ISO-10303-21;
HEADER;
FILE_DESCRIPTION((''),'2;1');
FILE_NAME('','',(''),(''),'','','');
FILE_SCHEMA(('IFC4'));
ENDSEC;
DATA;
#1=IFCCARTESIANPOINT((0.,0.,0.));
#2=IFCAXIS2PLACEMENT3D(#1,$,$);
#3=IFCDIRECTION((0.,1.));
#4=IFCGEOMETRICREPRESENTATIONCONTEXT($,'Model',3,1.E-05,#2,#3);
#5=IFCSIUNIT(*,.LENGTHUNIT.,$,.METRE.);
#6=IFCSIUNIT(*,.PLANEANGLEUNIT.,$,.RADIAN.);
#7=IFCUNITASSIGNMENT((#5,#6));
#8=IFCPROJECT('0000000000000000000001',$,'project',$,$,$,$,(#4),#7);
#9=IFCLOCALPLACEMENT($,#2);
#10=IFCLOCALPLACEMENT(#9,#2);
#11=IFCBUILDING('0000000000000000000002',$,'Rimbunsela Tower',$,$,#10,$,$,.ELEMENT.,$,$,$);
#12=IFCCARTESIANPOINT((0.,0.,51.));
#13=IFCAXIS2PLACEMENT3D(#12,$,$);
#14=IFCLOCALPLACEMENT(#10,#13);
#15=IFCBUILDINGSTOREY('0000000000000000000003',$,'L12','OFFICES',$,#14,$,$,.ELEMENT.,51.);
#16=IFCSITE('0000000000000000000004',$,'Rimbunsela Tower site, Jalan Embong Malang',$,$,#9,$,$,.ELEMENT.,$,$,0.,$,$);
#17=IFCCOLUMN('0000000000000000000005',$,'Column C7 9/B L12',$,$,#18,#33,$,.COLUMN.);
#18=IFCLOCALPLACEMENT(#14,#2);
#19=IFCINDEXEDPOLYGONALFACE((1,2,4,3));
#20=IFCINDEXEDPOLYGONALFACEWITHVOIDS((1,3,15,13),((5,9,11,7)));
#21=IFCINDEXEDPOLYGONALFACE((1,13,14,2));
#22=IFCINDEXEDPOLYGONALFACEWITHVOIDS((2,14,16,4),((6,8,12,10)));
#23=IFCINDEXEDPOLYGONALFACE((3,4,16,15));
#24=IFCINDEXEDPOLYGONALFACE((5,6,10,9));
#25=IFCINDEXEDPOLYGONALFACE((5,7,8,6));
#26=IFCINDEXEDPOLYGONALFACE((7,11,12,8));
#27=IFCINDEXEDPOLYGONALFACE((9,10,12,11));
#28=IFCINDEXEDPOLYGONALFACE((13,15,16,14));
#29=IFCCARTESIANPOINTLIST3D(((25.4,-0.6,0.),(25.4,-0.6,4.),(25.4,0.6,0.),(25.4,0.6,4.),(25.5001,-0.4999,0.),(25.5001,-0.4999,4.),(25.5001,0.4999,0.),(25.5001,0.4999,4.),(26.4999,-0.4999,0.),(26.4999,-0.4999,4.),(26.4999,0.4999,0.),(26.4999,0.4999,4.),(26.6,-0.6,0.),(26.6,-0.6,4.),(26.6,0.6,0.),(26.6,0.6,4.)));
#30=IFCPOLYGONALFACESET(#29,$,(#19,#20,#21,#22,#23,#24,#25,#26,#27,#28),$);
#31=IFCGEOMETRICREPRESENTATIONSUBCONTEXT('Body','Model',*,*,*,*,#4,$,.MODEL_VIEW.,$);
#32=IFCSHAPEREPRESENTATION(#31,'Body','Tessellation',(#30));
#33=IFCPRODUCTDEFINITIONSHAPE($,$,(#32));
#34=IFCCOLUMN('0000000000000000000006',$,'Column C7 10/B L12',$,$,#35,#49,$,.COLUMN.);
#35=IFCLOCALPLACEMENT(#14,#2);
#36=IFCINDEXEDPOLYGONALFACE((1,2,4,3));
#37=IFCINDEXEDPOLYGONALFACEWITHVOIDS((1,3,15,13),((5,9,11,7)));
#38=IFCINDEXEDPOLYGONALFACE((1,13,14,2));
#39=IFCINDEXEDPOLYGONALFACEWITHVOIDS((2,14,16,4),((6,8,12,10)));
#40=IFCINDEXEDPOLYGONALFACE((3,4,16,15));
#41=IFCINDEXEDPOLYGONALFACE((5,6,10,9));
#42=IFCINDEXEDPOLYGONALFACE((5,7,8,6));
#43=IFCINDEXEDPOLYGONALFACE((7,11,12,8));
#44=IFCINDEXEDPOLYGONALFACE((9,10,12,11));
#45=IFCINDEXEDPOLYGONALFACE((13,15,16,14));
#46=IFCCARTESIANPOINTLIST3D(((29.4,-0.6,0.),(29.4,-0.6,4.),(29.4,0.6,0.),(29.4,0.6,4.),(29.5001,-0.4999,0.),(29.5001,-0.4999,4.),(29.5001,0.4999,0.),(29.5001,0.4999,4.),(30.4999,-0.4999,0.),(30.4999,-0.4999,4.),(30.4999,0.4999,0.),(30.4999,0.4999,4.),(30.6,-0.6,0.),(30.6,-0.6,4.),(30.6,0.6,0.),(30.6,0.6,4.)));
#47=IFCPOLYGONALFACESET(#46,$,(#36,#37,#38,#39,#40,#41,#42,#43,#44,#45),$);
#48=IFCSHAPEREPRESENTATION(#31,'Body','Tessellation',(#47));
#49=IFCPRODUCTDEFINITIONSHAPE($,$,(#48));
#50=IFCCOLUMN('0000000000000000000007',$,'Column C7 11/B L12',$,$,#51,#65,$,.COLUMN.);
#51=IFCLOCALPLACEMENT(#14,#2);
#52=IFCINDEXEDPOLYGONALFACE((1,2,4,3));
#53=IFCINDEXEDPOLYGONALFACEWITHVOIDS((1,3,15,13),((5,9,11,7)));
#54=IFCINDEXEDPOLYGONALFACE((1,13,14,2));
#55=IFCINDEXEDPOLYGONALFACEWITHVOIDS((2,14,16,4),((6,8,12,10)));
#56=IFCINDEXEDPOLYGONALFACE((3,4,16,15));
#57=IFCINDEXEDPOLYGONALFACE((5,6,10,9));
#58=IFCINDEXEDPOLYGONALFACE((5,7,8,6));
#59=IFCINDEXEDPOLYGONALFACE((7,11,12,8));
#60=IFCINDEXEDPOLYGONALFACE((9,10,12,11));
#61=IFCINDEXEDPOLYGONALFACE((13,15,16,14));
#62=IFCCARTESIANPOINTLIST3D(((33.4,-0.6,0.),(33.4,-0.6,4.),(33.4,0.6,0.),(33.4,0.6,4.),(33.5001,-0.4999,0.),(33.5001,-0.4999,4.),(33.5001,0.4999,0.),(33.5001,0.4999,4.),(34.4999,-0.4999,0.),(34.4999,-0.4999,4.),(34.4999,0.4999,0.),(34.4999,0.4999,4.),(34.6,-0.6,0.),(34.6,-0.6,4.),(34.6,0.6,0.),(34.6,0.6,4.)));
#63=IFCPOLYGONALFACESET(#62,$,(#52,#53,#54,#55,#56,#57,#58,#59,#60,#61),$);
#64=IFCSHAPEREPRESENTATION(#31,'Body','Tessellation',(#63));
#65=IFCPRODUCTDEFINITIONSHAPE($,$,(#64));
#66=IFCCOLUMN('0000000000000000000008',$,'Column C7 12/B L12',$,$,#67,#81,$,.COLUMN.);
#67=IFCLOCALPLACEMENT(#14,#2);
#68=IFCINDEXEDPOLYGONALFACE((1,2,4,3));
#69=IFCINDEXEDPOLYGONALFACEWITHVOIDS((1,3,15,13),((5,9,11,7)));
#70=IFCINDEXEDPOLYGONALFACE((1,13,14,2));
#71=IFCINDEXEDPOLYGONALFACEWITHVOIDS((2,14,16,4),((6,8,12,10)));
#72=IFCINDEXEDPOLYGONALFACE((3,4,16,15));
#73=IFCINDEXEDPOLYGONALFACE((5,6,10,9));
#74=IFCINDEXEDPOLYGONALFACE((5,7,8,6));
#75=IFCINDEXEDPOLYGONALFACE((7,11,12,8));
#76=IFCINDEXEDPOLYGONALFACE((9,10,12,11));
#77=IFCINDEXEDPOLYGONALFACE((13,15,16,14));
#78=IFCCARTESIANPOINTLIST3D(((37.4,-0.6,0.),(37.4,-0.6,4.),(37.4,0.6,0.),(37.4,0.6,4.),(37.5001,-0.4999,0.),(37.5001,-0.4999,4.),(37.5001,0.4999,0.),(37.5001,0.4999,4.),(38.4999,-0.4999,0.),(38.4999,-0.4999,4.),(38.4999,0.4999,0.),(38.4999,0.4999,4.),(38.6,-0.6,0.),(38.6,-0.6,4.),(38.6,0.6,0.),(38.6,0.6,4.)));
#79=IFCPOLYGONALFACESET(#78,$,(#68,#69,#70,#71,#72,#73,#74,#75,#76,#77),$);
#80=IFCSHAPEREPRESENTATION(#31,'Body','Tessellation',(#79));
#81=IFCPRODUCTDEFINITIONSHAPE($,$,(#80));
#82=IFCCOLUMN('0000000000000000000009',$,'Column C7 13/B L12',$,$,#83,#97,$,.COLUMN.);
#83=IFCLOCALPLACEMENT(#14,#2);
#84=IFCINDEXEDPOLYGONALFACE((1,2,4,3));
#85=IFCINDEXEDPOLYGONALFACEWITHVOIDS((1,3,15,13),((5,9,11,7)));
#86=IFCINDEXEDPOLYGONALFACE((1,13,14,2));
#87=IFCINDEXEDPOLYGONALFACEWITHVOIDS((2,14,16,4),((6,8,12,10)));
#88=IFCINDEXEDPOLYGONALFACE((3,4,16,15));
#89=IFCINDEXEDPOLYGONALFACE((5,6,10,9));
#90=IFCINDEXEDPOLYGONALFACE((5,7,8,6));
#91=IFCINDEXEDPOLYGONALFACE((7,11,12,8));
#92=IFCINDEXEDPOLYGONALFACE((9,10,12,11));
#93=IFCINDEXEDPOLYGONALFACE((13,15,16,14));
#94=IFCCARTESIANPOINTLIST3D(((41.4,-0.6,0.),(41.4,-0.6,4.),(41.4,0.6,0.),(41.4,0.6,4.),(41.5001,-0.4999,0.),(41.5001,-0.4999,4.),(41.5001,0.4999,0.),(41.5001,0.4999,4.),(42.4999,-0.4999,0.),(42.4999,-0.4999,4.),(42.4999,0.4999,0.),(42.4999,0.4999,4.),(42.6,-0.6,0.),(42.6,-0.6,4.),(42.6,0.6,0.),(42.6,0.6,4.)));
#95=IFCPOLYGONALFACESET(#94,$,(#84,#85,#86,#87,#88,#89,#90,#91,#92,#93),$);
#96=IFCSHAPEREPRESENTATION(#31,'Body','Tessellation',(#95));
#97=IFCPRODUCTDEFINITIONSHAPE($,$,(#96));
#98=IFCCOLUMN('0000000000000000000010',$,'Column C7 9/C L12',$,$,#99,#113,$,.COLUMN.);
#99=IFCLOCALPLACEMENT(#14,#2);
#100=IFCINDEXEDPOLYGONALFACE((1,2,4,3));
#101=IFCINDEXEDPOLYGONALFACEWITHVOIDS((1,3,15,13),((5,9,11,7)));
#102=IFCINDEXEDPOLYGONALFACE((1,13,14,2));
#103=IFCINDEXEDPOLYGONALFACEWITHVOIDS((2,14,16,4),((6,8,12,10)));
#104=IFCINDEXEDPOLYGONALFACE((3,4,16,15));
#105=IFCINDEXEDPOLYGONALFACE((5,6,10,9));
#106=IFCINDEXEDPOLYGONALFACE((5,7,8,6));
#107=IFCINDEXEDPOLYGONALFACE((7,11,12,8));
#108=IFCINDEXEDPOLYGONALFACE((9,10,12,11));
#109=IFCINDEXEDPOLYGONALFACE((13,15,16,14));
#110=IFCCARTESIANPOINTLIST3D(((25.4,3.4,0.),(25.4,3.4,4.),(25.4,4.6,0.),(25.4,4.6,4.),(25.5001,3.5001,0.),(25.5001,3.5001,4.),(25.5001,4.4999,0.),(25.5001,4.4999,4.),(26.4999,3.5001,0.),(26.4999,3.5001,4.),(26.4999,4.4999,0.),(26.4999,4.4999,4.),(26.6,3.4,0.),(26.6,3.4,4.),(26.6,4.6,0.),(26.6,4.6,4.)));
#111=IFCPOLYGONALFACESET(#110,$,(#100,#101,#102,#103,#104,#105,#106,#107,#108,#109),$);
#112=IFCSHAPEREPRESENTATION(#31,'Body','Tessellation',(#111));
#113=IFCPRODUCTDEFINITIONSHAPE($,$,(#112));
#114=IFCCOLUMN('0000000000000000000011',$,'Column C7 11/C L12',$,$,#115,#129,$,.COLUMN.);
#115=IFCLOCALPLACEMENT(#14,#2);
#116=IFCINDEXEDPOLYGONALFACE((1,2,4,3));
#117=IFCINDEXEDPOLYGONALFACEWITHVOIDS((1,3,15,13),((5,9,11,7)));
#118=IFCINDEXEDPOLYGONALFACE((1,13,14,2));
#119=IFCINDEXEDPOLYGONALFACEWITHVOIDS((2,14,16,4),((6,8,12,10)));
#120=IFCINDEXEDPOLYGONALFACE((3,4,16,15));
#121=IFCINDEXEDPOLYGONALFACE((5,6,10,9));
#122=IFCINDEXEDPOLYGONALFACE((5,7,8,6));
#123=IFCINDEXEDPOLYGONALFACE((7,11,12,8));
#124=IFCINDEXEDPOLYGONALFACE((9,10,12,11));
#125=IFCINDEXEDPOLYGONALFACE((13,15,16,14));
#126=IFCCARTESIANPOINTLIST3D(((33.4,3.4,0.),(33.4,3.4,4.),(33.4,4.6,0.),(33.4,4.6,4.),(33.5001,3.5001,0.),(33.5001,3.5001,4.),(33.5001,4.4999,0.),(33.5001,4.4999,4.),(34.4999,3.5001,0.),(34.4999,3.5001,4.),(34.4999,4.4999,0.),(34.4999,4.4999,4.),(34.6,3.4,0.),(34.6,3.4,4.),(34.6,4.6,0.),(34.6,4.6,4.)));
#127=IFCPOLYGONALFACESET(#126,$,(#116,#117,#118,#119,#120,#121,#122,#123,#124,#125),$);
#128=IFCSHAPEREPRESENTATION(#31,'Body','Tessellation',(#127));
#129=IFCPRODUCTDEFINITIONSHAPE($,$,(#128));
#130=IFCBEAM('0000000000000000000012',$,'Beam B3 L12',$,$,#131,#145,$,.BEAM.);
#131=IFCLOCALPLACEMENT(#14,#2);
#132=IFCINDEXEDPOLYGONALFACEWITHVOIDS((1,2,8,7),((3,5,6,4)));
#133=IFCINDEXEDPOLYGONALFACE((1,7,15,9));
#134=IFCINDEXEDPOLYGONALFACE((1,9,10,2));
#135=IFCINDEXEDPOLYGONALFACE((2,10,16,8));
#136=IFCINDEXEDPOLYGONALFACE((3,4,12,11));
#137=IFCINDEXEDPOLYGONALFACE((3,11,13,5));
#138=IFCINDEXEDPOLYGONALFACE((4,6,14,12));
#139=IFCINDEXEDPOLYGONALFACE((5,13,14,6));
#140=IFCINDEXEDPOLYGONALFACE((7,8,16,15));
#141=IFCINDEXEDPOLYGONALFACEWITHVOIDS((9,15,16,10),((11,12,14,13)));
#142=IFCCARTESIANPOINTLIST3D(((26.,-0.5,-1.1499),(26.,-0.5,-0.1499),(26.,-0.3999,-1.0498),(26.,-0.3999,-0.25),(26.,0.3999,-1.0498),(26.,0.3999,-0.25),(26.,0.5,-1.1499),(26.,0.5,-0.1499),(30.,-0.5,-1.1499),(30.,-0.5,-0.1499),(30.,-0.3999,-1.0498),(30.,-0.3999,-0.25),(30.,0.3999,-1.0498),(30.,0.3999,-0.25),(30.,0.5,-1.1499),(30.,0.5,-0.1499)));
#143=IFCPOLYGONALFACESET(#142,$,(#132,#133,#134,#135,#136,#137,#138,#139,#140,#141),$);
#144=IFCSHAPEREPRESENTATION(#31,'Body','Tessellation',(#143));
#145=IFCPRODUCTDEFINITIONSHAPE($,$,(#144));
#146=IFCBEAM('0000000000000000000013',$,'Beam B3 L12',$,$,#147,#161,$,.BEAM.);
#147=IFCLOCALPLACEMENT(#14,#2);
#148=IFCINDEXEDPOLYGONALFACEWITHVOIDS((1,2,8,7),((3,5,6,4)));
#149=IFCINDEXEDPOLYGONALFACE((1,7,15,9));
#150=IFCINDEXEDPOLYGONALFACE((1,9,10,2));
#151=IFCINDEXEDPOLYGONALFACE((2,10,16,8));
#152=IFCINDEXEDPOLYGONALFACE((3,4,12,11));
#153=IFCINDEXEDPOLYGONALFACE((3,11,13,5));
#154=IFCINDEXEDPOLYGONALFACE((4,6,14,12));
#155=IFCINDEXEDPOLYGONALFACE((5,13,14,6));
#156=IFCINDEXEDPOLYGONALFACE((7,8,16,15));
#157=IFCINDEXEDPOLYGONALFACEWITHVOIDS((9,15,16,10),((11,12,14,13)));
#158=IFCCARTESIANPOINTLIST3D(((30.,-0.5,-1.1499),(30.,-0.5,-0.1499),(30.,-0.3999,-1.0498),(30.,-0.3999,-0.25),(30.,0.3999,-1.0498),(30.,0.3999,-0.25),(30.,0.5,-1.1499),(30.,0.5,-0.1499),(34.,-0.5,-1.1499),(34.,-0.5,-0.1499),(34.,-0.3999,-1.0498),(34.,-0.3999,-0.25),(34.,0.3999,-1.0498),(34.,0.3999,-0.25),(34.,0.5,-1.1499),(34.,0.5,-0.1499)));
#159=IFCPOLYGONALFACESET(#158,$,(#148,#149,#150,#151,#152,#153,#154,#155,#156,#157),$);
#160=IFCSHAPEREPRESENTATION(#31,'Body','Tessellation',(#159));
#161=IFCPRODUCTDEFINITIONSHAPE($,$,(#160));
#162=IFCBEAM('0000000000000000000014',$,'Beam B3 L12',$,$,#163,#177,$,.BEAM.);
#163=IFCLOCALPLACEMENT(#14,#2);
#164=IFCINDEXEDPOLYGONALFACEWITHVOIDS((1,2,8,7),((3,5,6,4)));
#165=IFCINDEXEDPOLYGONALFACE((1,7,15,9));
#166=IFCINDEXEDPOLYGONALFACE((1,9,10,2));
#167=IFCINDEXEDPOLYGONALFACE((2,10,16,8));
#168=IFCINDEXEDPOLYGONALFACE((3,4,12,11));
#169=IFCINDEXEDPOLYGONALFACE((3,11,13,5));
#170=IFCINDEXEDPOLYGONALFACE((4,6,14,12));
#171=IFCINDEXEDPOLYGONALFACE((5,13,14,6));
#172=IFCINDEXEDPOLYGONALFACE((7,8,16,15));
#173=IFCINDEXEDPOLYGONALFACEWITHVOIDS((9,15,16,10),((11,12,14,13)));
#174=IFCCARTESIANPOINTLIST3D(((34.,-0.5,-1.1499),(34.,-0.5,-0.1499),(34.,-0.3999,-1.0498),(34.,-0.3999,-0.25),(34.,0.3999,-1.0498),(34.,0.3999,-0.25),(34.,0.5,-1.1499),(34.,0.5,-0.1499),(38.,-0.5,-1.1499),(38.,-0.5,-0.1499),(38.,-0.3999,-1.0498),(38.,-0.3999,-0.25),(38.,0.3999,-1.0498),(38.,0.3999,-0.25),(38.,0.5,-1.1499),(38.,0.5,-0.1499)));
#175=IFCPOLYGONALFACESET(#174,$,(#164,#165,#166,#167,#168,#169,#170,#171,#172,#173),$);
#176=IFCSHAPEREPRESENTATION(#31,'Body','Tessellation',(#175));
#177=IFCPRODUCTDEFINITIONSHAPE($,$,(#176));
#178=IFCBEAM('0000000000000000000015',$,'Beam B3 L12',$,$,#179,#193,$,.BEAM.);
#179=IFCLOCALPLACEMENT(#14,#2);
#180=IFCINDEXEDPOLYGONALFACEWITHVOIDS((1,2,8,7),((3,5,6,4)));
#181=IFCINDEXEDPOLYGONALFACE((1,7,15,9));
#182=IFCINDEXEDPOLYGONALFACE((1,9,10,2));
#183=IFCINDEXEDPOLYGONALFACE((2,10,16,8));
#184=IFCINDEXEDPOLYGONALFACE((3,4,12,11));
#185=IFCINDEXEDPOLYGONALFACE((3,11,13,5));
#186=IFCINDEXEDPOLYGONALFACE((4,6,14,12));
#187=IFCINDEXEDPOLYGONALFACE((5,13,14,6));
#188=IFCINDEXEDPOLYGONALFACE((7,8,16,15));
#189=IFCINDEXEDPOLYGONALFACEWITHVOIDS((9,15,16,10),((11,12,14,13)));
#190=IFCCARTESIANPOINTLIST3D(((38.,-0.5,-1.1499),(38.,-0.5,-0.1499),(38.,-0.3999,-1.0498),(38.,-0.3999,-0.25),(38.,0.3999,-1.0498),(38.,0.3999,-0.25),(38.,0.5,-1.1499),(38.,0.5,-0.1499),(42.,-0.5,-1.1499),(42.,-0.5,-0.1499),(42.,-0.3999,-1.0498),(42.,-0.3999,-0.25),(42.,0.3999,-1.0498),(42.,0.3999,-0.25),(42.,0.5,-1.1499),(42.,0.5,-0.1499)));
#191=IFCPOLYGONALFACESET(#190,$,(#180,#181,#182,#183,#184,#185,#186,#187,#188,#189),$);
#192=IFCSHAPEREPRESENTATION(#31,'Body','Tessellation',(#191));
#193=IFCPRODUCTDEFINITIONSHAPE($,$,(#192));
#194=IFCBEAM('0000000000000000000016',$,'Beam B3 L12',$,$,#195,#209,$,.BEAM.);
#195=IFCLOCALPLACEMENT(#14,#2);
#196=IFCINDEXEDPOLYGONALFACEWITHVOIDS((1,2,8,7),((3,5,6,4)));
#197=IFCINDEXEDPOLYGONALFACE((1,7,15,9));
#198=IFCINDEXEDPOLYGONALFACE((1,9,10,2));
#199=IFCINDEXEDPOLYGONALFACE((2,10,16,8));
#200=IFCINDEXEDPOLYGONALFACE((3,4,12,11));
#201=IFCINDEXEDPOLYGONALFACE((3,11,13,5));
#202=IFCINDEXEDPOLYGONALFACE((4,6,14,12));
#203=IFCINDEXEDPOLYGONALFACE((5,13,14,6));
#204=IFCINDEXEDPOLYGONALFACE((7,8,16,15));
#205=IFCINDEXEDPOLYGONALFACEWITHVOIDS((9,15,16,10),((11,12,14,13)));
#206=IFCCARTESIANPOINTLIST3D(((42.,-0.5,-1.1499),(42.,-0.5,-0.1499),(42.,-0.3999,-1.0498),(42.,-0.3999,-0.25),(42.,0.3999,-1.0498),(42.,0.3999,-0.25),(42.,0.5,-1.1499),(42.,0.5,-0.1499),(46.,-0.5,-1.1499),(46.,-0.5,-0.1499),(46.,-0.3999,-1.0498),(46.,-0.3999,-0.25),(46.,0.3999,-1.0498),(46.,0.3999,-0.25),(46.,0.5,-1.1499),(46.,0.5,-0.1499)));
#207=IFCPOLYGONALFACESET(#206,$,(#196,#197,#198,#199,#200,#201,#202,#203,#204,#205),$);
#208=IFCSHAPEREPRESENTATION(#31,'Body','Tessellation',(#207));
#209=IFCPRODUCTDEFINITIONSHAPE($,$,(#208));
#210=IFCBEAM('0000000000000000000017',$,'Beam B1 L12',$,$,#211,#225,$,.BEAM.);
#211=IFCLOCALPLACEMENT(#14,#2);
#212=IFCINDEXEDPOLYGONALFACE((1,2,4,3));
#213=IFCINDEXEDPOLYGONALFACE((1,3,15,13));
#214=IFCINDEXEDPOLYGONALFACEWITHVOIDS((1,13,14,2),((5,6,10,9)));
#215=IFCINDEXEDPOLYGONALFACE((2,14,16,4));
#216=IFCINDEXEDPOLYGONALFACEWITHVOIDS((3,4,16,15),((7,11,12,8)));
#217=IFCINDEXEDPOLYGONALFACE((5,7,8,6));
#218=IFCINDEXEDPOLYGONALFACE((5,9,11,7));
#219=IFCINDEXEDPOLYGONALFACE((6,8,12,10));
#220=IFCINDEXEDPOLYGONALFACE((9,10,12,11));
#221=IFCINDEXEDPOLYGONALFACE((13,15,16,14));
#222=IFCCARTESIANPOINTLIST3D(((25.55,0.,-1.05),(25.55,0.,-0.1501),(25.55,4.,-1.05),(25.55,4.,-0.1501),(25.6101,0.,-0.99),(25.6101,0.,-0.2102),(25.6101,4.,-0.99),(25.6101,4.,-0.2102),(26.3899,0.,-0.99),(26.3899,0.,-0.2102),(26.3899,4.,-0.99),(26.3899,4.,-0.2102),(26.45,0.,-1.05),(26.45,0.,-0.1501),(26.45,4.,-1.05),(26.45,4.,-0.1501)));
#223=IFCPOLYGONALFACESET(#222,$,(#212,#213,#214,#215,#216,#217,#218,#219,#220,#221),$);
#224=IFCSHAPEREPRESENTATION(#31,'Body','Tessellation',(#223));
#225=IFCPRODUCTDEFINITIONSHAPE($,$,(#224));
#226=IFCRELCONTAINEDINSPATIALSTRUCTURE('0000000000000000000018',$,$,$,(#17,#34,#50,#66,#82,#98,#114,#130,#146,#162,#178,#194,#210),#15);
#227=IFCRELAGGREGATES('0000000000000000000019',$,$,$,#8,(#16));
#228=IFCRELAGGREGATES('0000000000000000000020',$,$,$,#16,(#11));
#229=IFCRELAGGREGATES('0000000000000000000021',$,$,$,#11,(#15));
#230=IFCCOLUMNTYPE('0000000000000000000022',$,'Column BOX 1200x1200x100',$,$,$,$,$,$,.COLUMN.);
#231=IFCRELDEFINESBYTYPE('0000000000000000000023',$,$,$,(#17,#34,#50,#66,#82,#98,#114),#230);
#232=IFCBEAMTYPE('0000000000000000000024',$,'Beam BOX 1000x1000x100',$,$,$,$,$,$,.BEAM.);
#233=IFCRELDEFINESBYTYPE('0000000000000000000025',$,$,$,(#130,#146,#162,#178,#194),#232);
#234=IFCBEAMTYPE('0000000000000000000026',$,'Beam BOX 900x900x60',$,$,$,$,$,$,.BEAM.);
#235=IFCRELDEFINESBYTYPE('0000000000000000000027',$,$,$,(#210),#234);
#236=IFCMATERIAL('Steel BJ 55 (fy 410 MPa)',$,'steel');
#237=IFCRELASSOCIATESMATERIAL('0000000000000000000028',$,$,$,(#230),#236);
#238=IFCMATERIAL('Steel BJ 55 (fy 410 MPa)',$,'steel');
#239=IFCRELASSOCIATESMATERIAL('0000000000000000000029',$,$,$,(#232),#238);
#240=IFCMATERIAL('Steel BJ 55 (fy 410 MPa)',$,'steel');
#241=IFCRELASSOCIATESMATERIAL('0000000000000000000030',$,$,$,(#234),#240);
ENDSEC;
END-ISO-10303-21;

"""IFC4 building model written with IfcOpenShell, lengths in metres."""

from ifc_helpers import new_model, si_unit, direction, frame, origin, origin_2d, place, context, subcontext, project, spatial, hollow_rectangle, extrude, material, material_profile, profile_set, type_object, element, save


model = new_model("IFC4")

# Units and contexts
model_context = context("Model", 3, precision=1e-05, world=origin(), true_north=direction((0.0, 1.0)))
body_context = subcontext(model_context, "Body", "Model", "MODEL_VIEW")
ifc_project = project(units=[si_unit("LENGTHUNIT", "METRE"), si_unit("PLANEANGLEUNIT", "RADIAN")], contexts=[model_context])

# Site, building, storey
site_placement = place(None, origin())
site = spatial("IfcSite", under=ifc_project, at=site_placement, Name="Rimbunsela Tower site, Jalan Embong Malang", CompositionType="ELEMENT", RefElevation=0.0)
building_placement = place(site_placement, origin())
building = spatial("IfcBuilding", under=site, at=building_placement, Name="Rimbunsela Tower", CompositionType="ELEMENT")
storey_placement = place(building_placement, frame((0.0, 0.0, 51.0)))
storey = spatial("IfcBuildingStorey", under=building, at=storey_placement, Name="L12", Description="OFFICES", CompositionType="ELEMENT", Elevation=51.0)

# Columns
ifc_material_1 = material(Name="Steel BJ 55 (fy 410 MPa)", Category="steel")
ifc_material_profile_1 = material_profile(ifc_material_1, hollow_rectangle(XDim=1.2, YDim=1.2, WallThickness=0.1001, at=origin_2d()), Name="BOX 1200x1200x100")
ifc_profile_set_1 = profile_set([ifc_material_profile_1], Name="Steel BJ 55 (fy 410 MPa)")
column_type = type_object("IfcColumnType", Name="Column BOX 1200x1200x100", PredefinedType="COLUMN", material=ifc_profile_set_1)
for number, where, z_axis, x_axis, name in (
    (1, (26.0, 0.0, 0.0), (0.0, 0.0, 1.0), (1.0, 0.0, 0.0), "Column C7 9/B L12"),
    (2, (30.0, 0.0, 0.0), (0.0, 0.0, 1.0), (1.0, 0.0, 0.0), "Column C7 10/B L12"),
    (3, (34.0, 0.0, 0.0), (0.0, 0.0, 1.0), (1.0, 0.0, 0.0), "Column C7 11/B L12"),
    (4, (38.0, 0.0, 0.0), (0.0, 0.0, 1.0), (1.0, 0.0, 0.0), "Column C7 12/B L12"),
    (5, (42.0, 0.0, 0.0), (0.0, 0.0, 1.0), (1.0, 0.0, 0.0), "Column C7 13/B L12"),
    (6, (26.0, 4.0, 0.0), (0.0, 0.0, 1.0), (1.0, 0.0, 0.0), "Column C7 9/C L12"),
    (7, (34.0, 4.0, 0.0), (0.0, 0.0, 1.0), (1.0, 0.0, 0.0), "Column C7 11/C L12"),
):
    element("IfcColumn", number, at=place(storey_placement, frame(where, z_axis=z_axis, x_axis=x_axis)), inside=storey, type_object=column_type, Name=name, PredefinedType="COLUMN", context=body_context, shape_type="SweptSolid", body=[
        extrude(hollow_rectangle(XDim=1.2, YDim=1.2, WallThickness=0.1001, at=origin_2d()), origin(), (0.0, 0.0, 1.0), 4.0),
    ])

# Beams
ifc_material_2 = material(Name="Steel BJ 55 (fy 410 MPa)", Category="steel")
ifc_material_profile_2 = material_profile(ifc_material_2, hollow_rectangle(XDim=1.0, YDim=1.0, WallThickness=0.1001, at=origin_2d()), Name="BOX 1000x1000x100")
ifc_profile_set_2 = profile_set([ifc_material_profile_2], Name="Steel BJ 55 (fy 410 MPa)")
beam_type_1 = type_object("IfcBeamType", Name="Beam BOX 1000x1000x100", PredefinedType="BEAM", material=ifc_profile_set_2)
for number, where, z_axis, x_axis, name in (
    (8, (26.0, 0.0, -0.6499), (1.0, 0.0, 0.0), (0.0, 1.0, 0.0), "Beam B3 L12"),
    (9, (30.0, 0.0, -0.6499), (1.0, 0.0, 0.0), (0.0, 1.0, 0.0), "Beam B3 L12"),
    (10, (34.0, 0.0, -0.6499), (1.0, 0.0, 0.0), (0.0, 1.0, 0.0), "Beam B3 L12"),
    (11, (38.0, 0.0, -0.6499), (1.0, 0.0, 0.0), (0.0, 1.0, 0.0), "Beam B3 L12"),
    (12, (42.0, 0.0, -0.6499), (1.0, 0.0, 0.0), (0.0, 1.0, 0.0), "Beam B3 L12"),
):
    element("IfcBeam", number, at=place(storey_placement, frame(where, z_axis=z_axis, x_axis=x_axis)), inside=storey, type_object=beam_type_1, Name=name, PredefinedType="BEAM", context=body_context, shape_type="SweptSolid", body=[
        extrude(hollow_rectangle(XDim=1.0, YDim=1.0, WallThickness=0.1001, at=origin_2d()), origin(), (0.0, 0.0, 1.0), 4.0),
    ])
ifc_material_3 = material(Name="Steel BJ 55 (fy 410 MPa)", Category="steel")
ifc_material_profile_3 = material_profile(ifc_material_3, hollow_rectangle(XDim=0.8999, YDim=0.8999, WallThickness=0.0601, at=origin_2d()), Name="BOX 900x900x60")
ifc_profile_set_3 = profile_set([ifc_material_profile_3], Name="Steel BJ 55 (fy 410 MPa)")
beam_type_2 = type_object("IfcBeamType", Name="Beam BOX 900x900x60", PredefinedType="BEAM", material=ifc_profile_set_3)
beam_1_placement = place(storey_placement, frame((26.0, 0.0, -0.6001), z_axis=(0.0, 1.0, 0.0), x_axis=(-1.0, 0.0, 0.0)))
element("IfcBeam", 13, at=beam_1_placement, inside=storey, type_object=beam_type_2, Name="Beam B1 L12", PredefinedType="BEAM", context=body_context, shape_type="SweptSolid", body=[
    extrude(hollow_rectangle(XDim=0.8999, YDim=0.8999, WallThickness=0.0601, at=origin_2d()), origin(), (0.0, 0.0, 1.0), 4.0),
])

save(model, "model.ifc")
